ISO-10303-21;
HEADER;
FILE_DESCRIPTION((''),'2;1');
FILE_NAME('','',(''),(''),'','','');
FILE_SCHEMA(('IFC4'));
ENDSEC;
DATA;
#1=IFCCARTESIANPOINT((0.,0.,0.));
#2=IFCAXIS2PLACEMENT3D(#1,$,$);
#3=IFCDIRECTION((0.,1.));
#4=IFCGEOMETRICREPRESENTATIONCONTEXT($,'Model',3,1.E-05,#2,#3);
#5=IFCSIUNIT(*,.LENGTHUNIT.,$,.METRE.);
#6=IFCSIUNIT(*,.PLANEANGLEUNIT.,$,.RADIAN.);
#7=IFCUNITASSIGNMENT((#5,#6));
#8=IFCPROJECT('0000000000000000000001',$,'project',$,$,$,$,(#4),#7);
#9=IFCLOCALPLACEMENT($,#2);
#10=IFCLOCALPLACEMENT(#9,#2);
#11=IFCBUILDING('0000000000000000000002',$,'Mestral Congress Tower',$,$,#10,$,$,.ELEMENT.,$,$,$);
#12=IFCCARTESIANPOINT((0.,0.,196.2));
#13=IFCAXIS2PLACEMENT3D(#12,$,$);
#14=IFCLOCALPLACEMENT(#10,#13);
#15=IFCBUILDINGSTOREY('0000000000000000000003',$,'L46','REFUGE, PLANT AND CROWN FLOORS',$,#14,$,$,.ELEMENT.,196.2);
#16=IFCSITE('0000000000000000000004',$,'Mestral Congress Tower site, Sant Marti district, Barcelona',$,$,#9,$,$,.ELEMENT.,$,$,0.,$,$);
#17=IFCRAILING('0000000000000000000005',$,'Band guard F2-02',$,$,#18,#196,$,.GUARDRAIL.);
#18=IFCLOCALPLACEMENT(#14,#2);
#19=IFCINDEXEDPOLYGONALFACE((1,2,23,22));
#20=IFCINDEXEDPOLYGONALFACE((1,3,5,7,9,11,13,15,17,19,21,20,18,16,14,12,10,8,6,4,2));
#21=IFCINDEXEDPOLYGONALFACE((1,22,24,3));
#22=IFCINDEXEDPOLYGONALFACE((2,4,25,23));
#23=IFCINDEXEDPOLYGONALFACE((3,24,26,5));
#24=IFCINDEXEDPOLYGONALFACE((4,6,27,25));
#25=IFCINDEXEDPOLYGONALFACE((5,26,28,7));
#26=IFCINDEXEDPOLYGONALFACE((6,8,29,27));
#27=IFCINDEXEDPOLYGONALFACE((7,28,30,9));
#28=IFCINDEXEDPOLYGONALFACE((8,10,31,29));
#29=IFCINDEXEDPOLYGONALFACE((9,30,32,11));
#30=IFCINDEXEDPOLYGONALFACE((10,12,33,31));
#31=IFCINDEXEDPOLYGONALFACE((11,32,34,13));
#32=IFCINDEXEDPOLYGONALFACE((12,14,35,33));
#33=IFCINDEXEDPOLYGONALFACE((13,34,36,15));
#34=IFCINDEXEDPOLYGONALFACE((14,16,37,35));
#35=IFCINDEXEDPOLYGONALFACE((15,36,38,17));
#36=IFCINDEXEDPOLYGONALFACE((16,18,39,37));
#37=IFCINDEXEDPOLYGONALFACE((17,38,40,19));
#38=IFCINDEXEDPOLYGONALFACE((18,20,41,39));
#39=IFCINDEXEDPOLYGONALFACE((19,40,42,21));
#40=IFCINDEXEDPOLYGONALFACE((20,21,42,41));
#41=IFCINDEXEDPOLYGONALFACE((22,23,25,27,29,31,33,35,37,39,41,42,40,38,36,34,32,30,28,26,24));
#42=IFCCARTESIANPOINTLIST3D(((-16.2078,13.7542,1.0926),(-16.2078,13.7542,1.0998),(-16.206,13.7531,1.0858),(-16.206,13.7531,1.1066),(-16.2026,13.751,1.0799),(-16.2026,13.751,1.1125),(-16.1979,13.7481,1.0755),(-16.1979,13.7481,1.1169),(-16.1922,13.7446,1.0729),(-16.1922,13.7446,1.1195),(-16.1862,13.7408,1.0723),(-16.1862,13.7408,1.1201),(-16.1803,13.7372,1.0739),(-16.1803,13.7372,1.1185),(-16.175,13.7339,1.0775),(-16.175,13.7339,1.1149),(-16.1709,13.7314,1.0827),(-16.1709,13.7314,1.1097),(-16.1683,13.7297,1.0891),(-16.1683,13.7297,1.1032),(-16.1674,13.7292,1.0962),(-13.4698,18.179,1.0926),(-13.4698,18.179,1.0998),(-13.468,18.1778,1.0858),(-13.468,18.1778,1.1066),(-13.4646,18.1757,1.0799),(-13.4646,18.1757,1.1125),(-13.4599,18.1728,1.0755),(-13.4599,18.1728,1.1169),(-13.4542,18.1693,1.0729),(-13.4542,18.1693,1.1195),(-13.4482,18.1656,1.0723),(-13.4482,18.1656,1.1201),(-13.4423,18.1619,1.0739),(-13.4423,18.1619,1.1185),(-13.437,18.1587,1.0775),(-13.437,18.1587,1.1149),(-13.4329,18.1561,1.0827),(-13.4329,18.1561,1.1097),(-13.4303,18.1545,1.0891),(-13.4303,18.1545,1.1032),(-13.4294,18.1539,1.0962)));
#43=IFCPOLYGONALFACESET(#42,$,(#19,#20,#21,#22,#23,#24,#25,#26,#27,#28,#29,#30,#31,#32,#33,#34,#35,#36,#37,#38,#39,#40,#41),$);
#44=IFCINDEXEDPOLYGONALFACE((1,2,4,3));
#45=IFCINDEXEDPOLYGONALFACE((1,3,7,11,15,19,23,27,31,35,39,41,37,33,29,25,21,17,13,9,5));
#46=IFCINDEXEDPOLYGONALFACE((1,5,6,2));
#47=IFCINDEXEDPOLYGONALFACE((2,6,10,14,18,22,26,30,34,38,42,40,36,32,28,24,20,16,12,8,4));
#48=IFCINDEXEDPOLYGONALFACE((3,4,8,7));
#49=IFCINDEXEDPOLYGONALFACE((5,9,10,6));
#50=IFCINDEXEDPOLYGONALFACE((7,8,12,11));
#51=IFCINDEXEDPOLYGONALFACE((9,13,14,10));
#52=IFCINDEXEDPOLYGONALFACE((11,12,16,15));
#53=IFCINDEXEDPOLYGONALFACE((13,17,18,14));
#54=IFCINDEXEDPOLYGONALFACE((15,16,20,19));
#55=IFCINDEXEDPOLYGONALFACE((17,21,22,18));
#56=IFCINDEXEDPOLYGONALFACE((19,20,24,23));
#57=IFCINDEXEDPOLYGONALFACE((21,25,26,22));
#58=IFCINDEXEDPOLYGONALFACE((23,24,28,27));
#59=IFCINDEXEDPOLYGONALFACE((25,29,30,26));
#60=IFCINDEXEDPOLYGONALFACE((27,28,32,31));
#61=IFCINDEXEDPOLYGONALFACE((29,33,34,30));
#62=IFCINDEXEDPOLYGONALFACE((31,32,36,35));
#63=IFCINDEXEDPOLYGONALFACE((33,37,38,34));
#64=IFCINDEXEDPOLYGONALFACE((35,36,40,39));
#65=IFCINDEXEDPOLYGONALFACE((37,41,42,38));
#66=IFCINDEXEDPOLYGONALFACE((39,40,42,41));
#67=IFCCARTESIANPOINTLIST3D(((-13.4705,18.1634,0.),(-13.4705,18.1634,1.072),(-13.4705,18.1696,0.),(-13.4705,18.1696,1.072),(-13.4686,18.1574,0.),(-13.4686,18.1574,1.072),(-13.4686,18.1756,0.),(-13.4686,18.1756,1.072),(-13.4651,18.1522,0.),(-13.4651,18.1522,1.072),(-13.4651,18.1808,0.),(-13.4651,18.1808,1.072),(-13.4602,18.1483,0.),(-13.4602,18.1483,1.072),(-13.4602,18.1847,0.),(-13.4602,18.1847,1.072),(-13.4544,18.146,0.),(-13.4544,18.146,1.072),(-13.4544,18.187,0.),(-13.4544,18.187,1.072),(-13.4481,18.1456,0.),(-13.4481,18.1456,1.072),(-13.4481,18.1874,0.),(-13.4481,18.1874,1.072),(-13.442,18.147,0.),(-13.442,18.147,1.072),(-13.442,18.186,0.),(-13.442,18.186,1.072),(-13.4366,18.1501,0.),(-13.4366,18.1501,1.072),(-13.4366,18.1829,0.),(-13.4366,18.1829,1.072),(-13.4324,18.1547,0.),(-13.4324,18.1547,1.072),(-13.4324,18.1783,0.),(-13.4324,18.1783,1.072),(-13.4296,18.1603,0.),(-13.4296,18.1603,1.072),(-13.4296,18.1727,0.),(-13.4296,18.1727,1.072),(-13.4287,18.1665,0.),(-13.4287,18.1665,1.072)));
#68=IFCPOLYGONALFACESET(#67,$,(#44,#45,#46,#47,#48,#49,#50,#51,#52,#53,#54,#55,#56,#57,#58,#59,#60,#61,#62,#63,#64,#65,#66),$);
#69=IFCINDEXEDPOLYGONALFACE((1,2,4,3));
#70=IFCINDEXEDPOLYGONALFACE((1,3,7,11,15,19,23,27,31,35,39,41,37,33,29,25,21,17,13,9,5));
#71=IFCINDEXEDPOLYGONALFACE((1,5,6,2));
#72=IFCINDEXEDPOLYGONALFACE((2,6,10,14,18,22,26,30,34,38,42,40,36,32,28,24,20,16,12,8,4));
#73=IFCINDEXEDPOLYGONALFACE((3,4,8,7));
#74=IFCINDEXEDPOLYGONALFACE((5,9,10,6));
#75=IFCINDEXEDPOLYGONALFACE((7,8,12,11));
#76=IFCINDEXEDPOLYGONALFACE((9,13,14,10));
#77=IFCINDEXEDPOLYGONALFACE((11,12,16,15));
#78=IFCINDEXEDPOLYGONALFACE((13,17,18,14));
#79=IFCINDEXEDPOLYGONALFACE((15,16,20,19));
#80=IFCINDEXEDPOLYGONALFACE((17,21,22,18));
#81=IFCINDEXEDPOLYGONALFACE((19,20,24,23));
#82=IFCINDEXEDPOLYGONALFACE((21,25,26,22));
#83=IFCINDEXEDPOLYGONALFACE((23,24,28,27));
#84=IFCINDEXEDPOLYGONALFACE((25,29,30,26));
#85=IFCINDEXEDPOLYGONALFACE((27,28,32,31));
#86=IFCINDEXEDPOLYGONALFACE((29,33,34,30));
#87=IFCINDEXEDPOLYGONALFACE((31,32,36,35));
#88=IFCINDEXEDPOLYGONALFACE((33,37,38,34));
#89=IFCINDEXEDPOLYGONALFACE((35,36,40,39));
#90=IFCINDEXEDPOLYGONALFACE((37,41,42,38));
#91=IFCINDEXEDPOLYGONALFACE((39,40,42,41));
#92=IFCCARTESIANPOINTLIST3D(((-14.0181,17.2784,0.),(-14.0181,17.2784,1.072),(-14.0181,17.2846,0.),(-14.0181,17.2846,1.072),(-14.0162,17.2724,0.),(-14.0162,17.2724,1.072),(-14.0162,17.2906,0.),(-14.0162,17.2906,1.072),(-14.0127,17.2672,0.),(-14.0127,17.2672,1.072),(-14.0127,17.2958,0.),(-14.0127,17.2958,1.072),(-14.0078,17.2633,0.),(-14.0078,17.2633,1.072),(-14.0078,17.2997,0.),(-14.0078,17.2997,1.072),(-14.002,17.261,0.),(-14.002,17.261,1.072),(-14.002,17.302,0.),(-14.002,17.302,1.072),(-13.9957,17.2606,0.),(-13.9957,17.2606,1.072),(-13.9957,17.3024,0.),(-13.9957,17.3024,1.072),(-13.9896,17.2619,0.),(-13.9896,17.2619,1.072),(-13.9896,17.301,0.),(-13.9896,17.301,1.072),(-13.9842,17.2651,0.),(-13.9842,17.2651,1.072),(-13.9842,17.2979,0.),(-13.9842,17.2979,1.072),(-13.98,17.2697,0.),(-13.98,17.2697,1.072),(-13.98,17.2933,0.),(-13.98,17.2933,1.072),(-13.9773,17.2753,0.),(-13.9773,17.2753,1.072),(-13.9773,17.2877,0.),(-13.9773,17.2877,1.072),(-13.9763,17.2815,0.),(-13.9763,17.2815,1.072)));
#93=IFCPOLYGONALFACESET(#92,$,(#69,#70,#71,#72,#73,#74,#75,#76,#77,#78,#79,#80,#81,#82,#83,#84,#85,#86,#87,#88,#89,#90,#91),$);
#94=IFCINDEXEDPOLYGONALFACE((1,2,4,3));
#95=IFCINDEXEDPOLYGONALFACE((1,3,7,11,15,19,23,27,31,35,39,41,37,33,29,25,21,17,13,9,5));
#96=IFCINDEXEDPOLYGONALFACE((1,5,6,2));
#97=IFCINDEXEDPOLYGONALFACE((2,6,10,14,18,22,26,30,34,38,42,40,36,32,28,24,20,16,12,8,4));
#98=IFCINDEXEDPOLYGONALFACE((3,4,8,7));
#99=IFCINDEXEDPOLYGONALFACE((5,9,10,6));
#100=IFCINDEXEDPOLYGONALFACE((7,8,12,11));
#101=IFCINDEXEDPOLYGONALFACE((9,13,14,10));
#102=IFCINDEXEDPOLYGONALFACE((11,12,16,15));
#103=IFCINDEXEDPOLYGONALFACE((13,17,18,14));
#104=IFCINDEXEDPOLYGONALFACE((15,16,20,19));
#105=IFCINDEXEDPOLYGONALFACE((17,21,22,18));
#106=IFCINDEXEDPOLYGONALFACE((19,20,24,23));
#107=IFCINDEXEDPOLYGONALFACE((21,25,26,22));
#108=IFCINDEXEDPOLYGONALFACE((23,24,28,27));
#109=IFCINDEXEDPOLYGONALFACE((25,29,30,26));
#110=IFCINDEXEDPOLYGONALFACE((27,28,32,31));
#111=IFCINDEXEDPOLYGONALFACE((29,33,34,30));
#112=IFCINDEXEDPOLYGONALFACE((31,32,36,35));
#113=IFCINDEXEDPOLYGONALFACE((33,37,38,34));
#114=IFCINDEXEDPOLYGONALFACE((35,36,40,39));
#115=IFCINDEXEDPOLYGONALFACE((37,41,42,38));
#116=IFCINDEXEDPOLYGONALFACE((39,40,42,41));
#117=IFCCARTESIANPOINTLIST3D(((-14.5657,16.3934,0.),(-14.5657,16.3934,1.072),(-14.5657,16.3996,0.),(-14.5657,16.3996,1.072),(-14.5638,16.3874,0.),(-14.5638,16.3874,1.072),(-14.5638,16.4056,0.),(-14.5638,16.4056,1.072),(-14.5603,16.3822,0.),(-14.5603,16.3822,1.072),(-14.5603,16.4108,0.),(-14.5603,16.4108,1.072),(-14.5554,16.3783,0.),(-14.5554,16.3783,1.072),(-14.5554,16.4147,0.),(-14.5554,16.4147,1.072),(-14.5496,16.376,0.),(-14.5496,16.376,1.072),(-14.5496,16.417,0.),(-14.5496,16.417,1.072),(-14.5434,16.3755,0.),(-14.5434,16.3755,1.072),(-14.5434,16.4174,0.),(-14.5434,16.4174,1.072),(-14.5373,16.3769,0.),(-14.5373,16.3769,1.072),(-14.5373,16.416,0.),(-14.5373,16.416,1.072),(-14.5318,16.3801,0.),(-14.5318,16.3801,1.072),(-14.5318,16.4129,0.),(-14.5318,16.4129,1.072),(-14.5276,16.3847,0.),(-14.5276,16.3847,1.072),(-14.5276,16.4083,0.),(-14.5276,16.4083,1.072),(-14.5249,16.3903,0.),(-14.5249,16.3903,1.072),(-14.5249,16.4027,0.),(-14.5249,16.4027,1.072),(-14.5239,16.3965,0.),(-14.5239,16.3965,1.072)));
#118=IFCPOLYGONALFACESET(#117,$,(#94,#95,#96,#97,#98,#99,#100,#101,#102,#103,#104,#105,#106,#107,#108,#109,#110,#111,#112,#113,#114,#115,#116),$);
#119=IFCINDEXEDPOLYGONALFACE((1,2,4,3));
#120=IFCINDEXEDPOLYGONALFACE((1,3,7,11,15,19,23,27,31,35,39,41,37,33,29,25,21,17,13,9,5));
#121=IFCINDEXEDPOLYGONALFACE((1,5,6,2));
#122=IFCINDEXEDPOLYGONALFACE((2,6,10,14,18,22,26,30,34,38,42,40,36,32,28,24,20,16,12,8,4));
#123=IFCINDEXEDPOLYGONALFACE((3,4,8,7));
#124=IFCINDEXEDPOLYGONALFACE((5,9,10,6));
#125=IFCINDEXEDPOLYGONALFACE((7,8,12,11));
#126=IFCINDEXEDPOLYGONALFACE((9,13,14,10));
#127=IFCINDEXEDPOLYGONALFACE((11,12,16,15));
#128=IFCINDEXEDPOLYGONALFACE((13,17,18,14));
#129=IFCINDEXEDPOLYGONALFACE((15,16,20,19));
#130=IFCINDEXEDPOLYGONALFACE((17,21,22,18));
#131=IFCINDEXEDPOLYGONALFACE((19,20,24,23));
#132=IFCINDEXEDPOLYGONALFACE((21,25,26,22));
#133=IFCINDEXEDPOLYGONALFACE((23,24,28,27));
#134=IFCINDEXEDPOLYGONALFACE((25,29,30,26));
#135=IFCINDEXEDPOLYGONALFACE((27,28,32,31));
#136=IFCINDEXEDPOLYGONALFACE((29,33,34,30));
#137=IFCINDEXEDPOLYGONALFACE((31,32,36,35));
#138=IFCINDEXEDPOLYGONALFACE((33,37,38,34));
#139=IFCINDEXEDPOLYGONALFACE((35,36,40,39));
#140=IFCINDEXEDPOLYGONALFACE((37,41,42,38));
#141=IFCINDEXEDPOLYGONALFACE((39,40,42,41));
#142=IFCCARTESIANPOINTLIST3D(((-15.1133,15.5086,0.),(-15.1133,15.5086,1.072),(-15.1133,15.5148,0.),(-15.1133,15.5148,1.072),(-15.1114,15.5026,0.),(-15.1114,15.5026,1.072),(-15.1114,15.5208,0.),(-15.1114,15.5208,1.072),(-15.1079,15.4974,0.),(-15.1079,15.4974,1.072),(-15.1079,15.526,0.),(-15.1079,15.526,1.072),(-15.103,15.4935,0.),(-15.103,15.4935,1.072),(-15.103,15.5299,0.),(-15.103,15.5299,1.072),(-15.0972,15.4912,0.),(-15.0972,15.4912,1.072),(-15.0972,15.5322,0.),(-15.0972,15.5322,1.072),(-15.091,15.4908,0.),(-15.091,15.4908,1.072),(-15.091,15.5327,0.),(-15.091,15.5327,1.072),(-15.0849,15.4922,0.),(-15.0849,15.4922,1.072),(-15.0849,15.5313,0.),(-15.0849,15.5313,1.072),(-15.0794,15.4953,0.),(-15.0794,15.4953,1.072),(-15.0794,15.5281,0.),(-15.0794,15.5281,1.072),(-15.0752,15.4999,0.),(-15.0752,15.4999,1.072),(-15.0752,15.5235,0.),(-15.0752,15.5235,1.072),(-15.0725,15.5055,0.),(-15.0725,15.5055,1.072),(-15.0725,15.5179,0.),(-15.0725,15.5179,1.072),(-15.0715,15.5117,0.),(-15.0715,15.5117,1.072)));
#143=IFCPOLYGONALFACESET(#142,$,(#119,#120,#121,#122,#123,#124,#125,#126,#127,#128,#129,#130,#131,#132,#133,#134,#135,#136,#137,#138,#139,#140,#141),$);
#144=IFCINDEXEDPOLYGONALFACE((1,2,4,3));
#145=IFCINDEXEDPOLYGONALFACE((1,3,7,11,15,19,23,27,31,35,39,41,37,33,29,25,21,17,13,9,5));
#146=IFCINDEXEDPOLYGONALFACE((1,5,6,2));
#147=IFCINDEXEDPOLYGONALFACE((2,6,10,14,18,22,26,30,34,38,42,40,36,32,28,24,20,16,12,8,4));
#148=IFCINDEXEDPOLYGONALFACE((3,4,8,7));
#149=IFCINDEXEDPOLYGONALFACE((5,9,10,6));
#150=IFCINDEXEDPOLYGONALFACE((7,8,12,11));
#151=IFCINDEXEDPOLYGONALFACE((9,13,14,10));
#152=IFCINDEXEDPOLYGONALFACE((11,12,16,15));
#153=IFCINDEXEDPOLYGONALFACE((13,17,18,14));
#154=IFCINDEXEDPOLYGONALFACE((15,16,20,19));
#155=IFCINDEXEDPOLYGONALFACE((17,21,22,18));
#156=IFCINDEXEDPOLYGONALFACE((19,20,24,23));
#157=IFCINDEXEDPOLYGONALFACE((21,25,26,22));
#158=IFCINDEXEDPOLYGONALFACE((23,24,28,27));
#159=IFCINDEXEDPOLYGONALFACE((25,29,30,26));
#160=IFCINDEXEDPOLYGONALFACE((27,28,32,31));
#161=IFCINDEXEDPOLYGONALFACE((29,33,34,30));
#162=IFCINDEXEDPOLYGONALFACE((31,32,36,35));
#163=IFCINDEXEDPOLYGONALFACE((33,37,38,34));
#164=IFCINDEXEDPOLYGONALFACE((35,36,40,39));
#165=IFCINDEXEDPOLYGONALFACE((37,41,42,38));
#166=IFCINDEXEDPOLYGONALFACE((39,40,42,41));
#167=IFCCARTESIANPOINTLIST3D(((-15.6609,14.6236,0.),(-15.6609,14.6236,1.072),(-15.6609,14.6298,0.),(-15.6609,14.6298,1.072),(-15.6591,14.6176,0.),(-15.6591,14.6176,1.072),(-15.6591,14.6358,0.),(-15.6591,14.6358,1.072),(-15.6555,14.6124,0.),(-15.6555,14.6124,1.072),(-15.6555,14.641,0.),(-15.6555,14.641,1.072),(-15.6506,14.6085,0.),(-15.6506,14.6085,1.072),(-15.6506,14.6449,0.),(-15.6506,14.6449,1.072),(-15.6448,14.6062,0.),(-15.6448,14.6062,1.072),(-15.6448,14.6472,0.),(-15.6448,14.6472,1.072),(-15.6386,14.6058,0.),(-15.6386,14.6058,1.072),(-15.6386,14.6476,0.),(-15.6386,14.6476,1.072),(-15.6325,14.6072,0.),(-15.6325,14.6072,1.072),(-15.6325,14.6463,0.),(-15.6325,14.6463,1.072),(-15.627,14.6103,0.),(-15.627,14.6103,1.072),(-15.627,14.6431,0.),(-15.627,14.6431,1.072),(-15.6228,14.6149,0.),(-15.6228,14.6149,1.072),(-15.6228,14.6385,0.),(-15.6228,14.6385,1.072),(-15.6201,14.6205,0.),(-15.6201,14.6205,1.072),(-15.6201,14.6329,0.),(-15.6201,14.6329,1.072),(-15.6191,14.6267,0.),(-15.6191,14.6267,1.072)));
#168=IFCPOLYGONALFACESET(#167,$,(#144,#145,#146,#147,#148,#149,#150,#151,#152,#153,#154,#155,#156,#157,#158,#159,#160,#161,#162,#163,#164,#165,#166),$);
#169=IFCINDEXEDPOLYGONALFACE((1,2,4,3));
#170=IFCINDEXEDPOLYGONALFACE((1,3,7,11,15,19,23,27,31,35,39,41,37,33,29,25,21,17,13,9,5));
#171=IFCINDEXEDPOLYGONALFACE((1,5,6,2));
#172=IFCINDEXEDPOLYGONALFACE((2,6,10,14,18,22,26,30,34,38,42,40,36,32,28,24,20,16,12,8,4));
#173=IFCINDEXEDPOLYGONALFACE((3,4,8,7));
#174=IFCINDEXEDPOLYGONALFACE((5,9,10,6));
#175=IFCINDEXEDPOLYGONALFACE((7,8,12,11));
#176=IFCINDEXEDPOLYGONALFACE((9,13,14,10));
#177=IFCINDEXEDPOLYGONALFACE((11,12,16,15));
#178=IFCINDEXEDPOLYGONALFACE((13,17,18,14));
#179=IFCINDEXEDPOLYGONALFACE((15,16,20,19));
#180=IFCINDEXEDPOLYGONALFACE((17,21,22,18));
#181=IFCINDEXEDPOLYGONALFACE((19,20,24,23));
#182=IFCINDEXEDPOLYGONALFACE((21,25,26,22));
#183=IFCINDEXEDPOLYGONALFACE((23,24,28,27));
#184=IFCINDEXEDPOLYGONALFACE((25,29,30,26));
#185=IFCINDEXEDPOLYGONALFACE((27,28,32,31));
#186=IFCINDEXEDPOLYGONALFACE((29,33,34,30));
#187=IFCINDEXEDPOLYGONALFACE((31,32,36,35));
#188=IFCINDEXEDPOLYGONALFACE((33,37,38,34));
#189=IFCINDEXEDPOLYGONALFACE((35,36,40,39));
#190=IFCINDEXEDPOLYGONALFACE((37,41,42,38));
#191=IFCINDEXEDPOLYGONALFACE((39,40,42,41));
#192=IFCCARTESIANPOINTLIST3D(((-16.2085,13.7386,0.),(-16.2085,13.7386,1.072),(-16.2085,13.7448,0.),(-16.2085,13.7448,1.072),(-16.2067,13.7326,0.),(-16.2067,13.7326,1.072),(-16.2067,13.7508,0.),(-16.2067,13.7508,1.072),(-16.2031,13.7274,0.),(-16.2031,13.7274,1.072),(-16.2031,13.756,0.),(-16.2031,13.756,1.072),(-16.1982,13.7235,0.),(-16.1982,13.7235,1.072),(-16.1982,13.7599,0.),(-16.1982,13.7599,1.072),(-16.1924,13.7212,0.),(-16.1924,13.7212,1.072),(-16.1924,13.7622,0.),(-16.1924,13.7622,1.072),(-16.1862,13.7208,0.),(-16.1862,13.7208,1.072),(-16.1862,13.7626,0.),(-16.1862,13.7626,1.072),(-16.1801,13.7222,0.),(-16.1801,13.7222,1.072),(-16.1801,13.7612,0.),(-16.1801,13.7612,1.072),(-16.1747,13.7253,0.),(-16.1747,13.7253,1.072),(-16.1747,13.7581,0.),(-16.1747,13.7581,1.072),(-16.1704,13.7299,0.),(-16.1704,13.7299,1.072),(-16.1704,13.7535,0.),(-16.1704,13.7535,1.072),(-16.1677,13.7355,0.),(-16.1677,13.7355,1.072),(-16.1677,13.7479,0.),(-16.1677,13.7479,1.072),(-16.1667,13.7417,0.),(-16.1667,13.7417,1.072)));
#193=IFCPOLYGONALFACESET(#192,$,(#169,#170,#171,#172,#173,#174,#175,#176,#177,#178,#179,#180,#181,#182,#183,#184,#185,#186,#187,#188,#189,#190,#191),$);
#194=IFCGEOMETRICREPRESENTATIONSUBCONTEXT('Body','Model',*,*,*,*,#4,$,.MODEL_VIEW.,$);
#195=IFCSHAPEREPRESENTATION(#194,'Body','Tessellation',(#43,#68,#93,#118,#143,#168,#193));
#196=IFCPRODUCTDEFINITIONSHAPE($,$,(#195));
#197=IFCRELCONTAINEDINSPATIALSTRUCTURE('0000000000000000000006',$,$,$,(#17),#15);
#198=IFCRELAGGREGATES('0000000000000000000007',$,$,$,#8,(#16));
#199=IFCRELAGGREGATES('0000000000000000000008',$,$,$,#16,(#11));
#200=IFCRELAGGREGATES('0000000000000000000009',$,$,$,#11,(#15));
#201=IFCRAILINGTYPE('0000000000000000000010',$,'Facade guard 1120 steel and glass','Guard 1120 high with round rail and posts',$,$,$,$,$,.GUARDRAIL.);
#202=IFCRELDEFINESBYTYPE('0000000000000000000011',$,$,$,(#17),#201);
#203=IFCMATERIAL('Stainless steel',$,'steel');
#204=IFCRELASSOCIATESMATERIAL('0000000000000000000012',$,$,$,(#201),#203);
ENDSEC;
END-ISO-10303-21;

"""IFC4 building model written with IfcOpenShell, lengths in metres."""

from ifc_helpers import new_model, si_unit, direction, frame, origin, origin_2d, place, context, subcontext, project, spatial, circle, extrude, material, type_object, element, save


model = new_model("IFC4")

# Units and contexts
model_context = context("Model", 3, precision=1e-05, world=origin(), true_north=direction((0.0, 1.0)))
body_context = subcontext(model_context, "Body", "Model", "MODEL_VIEW")
ifc_project = project(units=[si_unit("LENGTHUNIT", "METRE"), si_unit("PLANEANGLEUNIT", "RADIAN")], contexts=[model_context])

# Site, building, storey
site_placement = place(None, origin())
site = spatial("IfcSite", under=ifc_project, at=site_placement, Name="Mestral Congress Tower site, Sant Marti district, Barcelona", CompositionType="ELEMENT", RefElevation=0.0)
building_placement = place(site_placement, origin())
building = spatial("IfcBuilding", under=site, at=building_placement, Name="Mestral Congress Tower", CompositionType="ELEMENT")
storey_placement = place(building_placement, frame((0.0, 0.0, 196.2)))
storey = spatial("IfcBuildingStorey", under=building, at=storey_placement, Name="L46", Description="REFUGE, PLANT AND CROWN FLOORS", CompositionType="ELEMENT", Elevation=196.2)

# Railing
ifc_material_1 = material(Name="Stainless steel", Category="steel")
railing_type = type_object("IfcRailingType", Name="Facade guard 1120 steel and glass", Description="Guard 1120 high with round rail and posts", PredefinedType="GUARDRAIL", material=ifc_material_1)
railing_1_placement = place(storey_placement, frame((-13.4497, 18.1665, 0.0)))
element("IfcRailing", 1, at=railing_1_placement, inside=storey, type_object=railing_type, Name="Band guard F2-02", PredefinedType="GUARDRAIL", context=body_context, shape_type="SweptSolid", body=[
    extrude(circle(Radius=0.0239, at=origin_2d()), frame((0.0, 0.0, 1.0962), z_axis=(-0.526198, -0.850362, 0.0), x_axis=(0.850362, -0.526198, 0.0)), (0.0, 0.0, 1.0), 5.2034),
    extrude(circle(Radius=0.021, at=origin_2d()), origin(), (0.0, 0.0, 1.0), 1.072),
    extrude(circle(Radius=0.021, at=origin_2d()), frame((-0.5476, -0.885, 0.0)), (0.0, 0.0, 1.0), 1.072),
    extrude(circle(Radius=0.021, at=origin_2d()), frame((-1.0952, -1.77, 0.0)), (0.0, 0.0, 1.0), 1.072),
    extrude(circle(Radius=0.021, at=origin_2d()), frame((-1.6428, -2.6548, 0.0)), (0.0, 0.0, 1.0), 1.072),
    extrude(circle(Radius=0.021, at=origin_2d()), frame((-2.1904, -3.5398, 0.0)), (0.0, 0.0, 1.0), 1.072),
    extrude(circle(Radius=0.021, at=origin_2d()), frame((-2.738, -4.4248, 0.0)), (0.0, 0.0, 1.0), 1.072),
])

save(model, "model.ifc")
